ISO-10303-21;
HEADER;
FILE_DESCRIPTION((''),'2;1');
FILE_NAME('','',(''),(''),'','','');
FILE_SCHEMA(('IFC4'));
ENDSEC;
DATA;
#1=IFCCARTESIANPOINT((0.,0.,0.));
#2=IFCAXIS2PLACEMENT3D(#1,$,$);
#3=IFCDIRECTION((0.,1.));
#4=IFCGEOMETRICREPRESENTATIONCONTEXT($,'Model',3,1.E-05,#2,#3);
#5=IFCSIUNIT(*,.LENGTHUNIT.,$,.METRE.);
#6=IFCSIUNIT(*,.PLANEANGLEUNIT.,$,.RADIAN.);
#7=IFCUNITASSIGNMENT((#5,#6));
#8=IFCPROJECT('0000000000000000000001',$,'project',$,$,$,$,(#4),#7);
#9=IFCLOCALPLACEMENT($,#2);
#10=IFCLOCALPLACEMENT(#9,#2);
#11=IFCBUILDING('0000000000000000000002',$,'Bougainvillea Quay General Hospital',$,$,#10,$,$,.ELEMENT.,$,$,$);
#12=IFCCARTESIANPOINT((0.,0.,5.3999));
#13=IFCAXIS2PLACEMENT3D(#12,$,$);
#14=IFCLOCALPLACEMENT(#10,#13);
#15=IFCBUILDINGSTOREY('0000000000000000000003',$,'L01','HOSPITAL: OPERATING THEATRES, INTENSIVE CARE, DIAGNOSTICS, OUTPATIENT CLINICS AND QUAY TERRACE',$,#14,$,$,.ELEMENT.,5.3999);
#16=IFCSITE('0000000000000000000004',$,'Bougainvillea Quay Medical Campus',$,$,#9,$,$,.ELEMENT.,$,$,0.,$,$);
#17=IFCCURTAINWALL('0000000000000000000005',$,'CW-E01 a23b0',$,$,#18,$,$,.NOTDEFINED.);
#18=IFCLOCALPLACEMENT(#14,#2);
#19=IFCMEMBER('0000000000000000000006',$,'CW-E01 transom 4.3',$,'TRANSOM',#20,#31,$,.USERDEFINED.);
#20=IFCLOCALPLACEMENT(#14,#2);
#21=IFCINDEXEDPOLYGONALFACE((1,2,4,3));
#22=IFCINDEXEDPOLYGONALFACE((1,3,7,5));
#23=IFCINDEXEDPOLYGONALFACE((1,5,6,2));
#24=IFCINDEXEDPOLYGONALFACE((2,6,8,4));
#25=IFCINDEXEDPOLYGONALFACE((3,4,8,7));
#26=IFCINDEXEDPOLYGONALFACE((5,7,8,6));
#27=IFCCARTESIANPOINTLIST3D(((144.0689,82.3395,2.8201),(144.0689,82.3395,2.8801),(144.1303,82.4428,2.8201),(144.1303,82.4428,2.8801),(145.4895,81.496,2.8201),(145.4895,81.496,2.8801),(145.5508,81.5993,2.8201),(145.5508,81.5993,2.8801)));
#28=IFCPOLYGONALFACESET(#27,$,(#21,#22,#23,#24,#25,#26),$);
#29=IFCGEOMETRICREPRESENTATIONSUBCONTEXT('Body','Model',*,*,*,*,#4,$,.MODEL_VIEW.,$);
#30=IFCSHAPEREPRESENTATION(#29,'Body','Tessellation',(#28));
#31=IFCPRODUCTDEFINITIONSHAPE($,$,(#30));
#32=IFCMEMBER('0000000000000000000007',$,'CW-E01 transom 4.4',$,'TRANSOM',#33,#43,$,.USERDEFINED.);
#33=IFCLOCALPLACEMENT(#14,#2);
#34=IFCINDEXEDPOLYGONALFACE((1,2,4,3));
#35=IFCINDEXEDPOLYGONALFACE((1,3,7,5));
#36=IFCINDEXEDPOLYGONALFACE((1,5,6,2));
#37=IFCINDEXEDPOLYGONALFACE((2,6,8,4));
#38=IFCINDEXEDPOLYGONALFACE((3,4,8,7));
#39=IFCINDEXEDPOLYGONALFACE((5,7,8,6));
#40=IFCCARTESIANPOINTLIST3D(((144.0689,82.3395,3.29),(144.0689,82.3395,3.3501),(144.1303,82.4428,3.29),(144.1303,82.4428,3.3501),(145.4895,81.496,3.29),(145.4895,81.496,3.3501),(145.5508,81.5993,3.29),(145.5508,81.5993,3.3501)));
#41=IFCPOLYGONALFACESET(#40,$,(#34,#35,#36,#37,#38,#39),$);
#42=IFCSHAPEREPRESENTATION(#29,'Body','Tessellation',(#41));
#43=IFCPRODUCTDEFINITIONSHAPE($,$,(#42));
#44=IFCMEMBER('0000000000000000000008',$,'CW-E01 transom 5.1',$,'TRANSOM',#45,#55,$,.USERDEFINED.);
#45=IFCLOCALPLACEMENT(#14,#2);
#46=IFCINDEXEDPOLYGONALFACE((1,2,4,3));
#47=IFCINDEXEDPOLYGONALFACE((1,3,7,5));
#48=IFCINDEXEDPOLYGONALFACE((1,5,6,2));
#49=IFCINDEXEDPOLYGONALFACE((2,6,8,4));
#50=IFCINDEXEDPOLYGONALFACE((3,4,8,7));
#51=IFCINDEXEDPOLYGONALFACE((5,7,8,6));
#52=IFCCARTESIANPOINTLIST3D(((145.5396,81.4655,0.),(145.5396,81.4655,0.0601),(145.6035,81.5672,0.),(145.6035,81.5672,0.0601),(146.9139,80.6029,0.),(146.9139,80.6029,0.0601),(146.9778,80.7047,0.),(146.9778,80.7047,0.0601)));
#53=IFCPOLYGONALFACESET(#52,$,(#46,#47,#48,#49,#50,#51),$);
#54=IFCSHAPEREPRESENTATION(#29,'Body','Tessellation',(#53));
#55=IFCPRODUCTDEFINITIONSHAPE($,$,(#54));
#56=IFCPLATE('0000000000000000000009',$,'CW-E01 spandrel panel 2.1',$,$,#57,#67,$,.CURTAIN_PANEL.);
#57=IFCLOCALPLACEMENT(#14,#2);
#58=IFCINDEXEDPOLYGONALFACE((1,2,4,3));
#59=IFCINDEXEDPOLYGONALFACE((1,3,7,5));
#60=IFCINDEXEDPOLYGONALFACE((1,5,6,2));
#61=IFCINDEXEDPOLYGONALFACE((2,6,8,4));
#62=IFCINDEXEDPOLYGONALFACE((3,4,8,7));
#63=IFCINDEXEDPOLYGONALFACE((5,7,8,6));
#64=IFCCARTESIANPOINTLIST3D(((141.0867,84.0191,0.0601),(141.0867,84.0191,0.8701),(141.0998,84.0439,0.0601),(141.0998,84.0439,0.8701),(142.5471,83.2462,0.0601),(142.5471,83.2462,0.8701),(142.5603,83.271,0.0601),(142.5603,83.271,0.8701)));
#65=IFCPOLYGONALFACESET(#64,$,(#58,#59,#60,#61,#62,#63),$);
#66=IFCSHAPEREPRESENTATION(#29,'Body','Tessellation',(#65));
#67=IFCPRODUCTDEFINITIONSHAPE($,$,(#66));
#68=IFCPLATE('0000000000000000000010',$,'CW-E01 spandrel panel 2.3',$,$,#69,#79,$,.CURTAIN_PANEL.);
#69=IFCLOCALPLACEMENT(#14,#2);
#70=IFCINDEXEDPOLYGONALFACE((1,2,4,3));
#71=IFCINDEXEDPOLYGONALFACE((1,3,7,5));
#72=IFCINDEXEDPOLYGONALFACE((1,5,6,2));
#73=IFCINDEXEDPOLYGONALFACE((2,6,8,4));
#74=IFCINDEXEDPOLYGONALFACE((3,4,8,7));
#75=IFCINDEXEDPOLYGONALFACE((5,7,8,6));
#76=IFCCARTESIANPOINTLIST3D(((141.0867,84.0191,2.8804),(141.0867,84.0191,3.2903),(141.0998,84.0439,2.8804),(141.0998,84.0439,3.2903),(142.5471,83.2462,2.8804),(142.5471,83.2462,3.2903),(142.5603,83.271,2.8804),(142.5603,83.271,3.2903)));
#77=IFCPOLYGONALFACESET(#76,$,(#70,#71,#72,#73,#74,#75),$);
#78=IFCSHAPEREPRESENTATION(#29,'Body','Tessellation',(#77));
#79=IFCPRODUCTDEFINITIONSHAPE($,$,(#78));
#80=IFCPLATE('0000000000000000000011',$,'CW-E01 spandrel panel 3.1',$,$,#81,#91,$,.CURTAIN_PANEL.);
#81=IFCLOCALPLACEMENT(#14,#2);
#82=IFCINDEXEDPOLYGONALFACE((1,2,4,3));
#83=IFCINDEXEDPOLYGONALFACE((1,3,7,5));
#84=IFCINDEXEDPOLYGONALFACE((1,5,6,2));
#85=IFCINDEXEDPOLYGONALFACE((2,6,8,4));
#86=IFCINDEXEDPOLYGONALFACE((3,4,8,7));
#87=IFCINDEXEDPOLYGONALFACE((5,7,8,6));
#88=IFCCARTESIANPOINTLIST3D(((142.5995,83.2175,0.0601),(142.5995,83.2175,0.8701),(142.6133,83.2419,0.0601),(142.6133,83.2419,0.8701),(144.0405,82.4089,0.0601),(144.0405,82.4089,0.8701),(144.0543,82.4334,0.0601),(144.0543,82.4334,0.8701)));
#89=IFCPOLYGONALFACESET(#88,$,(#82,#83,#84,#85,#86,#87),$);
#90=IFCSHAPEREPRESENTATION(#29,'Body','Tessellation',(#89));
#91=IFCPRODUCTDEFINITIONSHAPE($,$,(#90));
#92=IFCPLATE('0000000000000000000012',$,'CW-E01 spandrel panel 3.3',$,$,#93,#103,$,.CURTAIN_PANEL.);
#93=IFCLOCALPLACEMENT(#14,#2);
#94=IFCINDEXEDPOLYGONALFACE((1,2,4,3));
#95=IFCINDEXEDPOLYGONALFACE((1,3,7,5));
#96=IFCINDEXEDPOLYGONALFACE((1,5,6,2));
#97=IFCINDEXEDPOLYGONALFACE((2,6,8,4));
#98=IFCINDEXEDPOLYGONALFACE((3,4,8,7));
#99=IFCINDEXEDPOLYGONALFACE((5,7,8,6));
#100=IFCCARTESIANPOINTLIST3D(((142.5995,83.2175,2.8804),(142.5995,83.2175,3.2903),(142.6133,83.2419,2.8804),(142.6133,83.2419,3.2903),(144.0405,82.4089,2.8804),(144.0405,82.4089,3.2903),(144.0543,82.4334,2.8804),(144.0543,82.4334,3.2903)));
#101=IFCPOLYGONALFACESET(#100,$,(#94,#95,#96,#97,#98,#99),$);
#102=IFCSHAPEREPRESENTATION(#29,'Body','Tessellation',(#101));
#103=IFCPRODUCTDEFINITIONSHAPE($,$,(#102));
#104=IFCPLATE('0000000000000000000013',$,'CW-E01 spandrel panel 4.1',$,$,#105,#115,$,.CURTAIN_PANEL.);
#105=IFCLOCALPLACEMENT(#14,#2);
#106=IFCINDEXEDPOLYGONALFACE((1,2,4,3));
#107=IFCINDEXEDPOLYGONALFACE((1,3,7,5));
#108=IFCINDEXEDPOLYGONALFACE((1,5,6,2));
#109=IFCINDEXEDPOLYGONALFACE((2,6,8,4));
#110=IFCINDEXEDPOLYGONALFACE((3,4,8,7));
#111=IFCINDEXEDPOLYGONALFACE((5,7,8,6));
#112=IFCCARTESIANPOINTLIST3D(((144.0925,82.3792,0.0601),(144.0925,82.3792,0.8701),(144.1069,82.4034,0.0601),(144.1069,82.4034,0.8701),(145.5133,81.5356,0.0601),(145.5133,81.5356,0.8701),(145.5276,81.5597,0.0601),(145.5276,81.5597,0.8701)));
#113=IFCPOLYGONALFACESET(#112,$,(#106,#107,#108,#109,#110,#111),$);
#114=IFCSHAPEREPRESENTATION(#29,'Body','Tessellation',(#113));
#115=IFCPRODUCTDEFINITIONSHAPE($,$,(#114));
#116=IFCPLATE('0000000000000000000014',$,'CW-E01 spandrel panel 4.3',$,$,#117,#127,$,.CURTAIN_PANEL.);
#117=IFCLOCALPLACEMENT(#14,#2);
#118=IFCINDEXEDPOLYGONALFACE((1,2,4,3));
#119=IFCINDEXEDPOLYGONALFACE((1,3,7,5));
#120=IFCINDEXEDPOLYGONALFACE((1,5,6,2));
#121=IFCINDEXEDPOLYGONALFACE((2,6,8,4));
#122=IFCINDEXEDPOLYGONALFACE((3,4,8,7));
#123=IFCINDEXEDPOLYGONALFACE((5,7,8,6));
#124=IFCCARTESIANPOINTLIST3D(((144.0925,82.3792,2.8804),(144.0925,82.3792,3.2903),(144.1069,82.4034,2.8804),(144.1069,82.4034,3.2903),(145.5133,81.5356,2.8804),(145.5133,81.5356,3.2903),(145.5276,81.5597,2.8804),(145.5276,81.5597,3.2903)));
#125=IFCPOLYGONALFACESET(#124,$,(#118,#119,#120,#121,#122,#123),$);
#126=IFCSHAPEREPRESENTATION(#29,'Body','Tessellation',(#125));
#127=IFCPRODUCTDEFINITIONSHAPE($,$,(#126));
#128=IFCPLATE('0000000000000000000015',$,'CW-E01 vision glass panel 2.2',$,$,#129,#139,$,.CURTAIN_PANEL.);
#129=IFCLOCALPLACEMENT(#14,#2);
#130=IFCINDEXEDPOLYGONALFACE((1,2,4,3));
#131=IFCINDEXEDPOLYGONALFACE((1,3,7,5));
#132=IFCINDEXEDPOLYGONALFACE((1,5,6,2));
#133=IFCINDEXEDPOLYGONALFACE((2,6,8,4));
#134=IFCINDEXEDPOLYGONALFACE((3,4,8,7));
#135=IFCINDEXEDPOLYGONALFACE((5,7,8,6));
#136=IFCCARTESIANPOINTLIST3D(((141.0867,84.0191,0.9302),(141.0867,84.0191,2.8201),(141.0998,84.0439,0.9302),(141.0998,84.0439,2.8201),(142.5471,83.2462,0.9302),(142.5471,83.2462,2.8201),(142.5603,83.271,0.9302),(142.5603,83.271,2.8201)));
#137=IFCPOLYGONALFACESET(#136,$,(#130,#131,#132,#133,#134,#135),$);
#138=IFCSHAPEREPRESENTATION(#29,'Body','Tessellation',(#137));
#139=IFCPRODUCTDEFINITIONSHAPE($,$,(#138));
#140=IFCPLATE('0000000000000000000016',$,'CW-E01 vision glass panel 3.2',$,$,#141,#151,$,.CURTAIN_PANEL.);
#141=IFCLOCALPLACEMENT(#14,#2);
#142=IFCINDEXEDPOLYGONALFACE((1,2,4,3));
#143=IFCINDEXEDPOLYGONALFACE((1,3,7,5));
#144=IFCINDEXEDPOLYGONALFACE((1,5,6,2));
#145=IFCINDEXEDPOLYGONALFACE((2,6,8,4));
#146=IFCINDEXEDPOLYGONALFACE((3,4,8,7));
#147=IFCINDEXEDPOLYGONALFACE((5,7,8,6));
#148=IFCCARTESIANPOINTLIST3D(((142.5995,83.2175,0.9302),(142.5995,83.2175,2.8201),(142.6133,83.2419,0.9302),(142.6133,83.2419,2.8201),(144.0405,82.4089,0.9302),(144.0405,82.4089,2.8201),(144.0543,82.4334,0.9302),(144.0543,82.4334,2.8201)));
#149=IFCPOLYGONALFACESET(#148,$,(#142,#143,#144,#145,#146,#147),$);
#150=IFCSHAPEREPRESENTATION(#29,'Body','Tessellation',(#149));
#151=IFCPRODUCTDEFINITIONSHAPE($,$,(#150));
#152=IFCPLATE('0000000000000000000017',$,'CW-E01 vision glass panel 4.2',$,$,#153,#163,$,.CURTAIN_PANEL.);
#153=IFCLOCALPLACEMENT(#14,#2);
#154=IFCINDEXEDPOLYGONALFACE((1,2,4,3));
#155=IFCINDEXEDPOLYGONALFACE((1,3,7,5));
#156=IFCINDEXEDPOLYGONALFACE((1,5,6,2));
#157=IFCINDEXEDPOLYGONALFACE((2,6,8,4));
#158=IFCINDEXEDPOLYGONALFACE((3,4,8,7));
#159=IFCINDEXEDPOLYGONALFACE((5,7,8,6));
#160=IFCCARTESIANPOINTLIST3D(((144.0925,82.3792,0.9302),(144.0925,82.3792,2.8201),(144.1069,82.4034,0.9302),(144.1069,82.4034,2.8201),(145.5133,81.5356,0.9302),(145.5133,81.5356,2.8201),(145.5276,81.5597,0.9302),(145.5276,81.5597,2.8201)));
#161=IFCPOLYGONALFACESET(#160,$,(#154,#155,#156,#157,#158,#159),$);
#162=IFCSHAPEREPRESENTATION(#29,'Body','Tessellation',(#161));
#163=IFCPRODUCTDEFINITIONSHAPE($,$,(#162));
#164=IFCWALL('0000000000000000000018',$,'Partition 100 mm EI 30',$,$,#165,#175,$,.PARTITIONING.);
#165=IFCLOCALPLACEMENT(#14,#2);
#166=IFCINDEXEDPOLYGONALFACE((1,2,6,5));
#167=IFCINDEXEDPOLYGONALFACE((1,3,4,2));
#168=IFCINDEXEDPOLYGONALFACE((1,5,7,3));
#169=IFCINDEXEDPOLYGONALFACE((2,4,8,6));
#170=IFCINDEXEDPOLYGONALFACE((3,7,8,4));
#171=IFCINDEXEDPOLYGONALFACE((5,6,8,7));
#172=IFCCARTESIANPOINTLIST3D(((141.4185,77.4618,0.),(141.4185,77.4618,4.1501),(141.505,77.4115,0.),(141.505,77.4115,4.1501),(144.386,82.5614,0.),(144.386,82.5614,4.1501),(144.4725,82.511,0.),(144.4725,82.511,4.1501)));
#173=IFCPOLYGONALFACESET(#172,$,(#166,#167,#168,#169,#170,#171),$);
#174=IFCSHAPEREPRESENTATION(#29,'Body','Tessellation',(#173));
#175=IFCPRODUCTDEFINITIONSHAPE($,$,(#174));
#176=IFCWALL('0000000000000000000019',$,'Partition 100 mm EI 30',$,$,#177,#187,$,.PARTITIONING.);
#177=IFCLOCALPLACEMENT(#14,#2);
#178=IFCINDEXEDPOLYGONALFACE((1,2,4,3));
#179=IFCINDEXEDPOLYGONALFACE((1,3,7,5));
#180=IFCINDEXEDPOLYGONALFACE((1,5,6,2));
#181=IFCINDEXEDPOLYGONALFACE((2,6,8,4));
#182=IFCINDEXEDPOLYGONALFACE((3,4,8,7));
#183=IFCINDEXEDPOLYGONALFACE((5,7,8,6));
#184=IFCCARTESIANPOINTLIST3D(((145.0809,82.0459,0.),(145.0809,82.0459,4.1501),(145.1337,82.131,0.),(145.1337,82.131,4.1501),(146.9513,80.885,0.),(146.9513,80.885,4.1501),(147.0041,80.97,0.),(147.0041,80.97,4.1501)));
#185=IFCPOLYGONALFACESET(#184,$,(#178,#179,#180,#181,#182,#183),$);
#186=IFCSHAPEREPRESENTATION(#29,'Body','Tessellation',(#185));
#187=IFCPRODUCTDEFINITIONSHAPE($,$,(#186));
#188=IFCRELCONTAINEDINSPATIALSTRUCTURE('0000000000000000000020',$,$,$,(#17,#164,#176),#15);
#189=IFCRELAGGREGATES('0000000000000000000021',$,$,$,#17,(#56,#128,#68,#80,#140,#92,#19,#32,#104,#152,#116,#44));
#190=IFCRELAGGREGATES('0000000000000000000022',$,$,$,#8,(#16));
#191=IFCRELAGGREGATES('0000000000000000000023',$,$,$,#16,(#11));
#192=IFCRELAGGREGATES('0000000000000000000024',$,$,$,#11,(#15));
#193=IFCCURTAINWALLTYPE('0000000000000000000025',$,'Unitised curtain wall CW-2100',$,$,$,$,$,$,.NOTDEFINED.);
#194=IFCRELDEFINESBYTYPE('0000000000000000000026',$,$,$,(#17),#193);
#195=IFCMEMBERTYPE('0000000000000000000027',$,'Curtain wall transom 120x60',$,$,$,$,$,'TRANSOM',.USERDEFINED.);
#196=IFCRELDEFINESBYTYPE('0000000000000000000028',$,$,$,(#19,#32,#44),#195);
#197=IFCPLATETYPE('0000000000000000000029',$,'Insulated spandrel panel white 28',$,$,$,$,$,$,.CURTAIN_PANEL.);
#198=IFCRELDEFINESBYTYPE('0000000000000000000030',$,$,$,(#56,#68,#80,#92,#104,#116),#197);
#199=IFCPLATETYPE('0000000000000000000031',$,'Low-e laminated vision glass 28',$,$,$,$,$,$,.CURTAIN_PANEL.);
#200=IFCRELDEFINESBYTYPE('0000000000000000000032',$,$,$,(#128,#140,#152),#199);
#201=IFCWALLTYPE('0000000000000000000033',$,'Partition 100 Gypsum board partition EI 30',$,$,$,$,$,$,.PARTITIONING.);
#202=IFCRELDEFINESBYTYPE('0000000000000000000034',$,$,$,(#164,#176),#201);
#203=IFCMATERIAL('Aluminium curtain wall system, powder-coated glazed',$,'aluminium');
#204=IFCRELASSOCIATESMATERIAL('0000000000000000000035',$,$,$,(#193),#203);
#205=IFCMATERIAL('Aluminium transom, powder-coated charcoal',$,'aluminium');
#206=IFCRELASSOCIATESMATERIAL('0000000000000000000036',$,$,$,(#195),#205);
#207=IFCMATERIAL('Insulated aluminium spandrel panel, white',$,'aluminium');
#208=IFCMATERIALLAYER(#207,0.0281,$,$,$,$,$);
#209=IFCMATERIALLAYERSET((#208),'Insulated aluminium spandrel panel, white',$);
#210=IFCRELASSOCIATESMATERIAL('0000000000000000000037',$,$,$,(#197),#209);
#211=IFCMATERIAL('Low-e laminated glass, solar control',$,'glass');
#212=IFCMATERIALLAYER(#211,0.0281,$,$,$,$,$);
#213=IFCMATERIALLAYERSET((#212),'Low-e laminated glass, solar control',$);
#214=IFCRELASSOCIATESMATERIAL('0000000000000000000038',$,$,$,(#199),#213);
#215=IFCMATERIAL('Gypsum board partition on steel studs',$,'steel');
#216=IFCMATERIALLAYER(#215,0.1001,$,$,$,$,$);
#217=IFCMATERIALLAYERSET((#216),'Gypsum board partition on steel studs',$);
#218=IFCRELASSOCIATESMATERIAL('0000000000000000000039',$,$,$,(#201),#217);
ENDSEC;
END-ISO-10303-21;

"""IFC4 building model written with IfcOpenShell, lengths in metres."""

from ifc_helpers import new_model, si_unit, direction, frame, frame_2d, origin, origin_2d, place, context, subcontext, project, spatial, rectangle, extrude, material, layer, layer_set, material_profile, profile_set, type_object, element, aggregate, save


model = new_model("IFC4")

# Units and contexts
model_context = context("Model", 3, precision=1e-05, world=origin(), true_north=direction((0.0, 1.0)))
body_context = subcontext(model_context, "Body", "Model", "MODEL_VIEW")
ifc_project = project(units=[si_unit("LENGTHUNIT", "METRE"), si_unit("PLANEANGLEUNIT", "RADIAN")], contexts=[model_context])

# Site, building, storey
site_placement = place(None, origin())
site = spatial("IfcSite", under=ifc_project, at=site_placement, Name="Bougainvillea Quay Medical Campus", CompositionType="ELEMENT", RefElevation=0.0)
building_placement = place(site_placement, origin())
building = spatial("IfcBuilding", under=site, at=building_placement, Name="Bougainvillea Quay General Hospital", CompositionType="ELEMENT")
storey_placement = place(building_placement, frame((0.0, 0.0, 5.3999)))
storey = spatial("IfcBuildingStorey", under=building, at=storey_placement, Name="L01", Description="HOSPITAL: OPERATING THEATRES, INTENSIVE CARE, DIAGNOSTICS, OUTPATIENT CLINICS AND QUAY TERRACE", CompositionType="ELEMENT", Elevation=5.3999)

# Curtain wall, members, plates
ifc_material_1 = material(Name="Aluminium curtain wall system, powder-coated glazed", Category="aluminium")
curtain_wall_type = type_object("IfcCurtainWallType", Name="Unitised curtain wall CW-2100", PredefinedType="NOTDEFINED", material=ifc_material_1)
curtain_wall_placement = place(storey_placement, origin())
curtain_wall = element("IfcCurtainWall", 1, at=curtain_wall_placement, inside=storey, type_object=curtain_wall_type, Name="CW-E01 a23b0", PredefinedType="NOTDEFINED")
ifc_material_2 = material(Name="Aluminium transom, powder-coated charcoal", Category="aluminium")
ifc_material_profile_1 = material_profile(ifc_material_2, rectangle(XDim=0.1201, YDim=0.0601, at=origin_2d()))
ifc_profile_set_1 = profile_set([ifc_material_profile_1], Name="Aluminium transom, powder-coated charcoal")
member_type_1 = type_object("IfcMemberType", Name="Curtain wall transom 120x60", ElementType="TRANSOM", PredefinedType="USERDEFINED", material=ifc_profile_set_1)
member_1_placement = place(storey_placement, frame((144.0996, 82.3911, 2.8501), z_axis=(0.859857, -0.510535, 0.0), x_axis=(0.510535, 0.859857, 0.0)))
member_1 = element("IfcMember", 2, at=member_1_placement, type_object=member_type_1, Name="CW-E01 transom 4.3", ObjectType="TRANSOM", PredefinedType="USERDEFINED", context=body_context, shape_type="SweptSolid", body=[
    extrude(rectangle(XDim=0.1201, YDim=0.0601, at=origin_2d()), origin(), (0.0, 0.0, 1.0), 1.6521),
])
member_2_placement = place(storey_placement, frame((144.0996, 82.3911, 3.3201), z_axis=(0.859857, -0.510535, 0.0), x_axis=(0.510535, 0.859857, 0.0)))
member_2 = element("IfcMember", 3, at=member_2_placement, type_object=member_type_1, Name="CW-E01 transom 4.4", ObjectType="TRANSOM", PredefinedType="USERDEFINED", context=body_context, shape_type="SweptSolid", body=[
    extrude(rectangle(XDim=0.1201, YDim=0.0601, at=origin_2d()), origin(), (0.0, 0.0, 1.0), 1.6521),
])
member_3_placement = place(storey_placement, frame((145.5715, 81.5164, 0.03), z_axis=(0.846991, -0.531607, 0.0), x_axis=(0.531607, 0.846991, 0.0)))
member_3 = element("IfcMember", 4, at=member_3_placement, type_object=member_type_1, Name="CW-E01 transom 5.1", ObjectType="TRANSOM", PredefinedType="USERDEFINED", context=body_context, shape_type="SweptSolid", body=[
    extrude(rectangle(XDim=0.1201, YDim=0.0601, at=origin_2d()), origin(), (0.0, 0.0, 1.0), 1.6226),
])
ifc_material_3 = material(Name="Insulated aluminium spandrel panel, white", Category="aluminium")
ifc_layer_1 = layer(ifc_material_3, 0.0281)
ifc_layer_set_1 = layer_set([ifc_layer_1], Name="Insulated aluminium spandrel panel, white")
plate_type_1 = type_object("IfcPlateType", Name="Insulated spandrel panel white 28", PredefinedType="CURTAIN_PANEL", material=ifc_layer_set_1)
plate_1_placement = place(storey_placement, frame((141.8235, 83.645, 0.0601), z_axis=(0.0, 0.0, 1.0), x_axis=(0.883859, -0.467753, 0.0)))
plate_1 = element("IfcPlate", 5, at=plate_1_placement, type_object=plate_type_1, Name="CW-E01 spandrel panel 2.1", PredefinedType="CURTAIN_PANEL", context=body_context, shape_type="SweptSolid", body=[
    extrude(rectangle(XDim=1.6523, YDim=0.0281, at=origin_2d()), origin(), (0.0, 0.0, 1.0), 0.8101),
])
plate_2_placement = place(storey_placement, frame((141.8235, 83.645, 2.8804), z_axis=(0.0, 0.0, 1.0), x_axis=(0.883859, -0.467753, 0.0)))
plate_2 = element("IfcPlate", 6, at=plate_2_placement, type_object=plate_type_1, Name="CW-E01 spandrel panel 2.3", PredefinedType="CURTAIN_PANEL", context=body_context, shape_type="SweptSolid", body=[
    extrude(rectangle(XDim=1.6523, YDim=0.0281, at=origin_2d()), origin(), (0.0, 0.0, 1.0), 0.4099),
])
plate_3_placement = place(storey_placement, frame((143.3269, 82.8254, 0.0601), z_axis=(0.0, 0.0, 1.0), x_axis=(0.87211, -0.48931, 0.0)))
plate_3 = element("IfcPlate", 7, at=plate_3_placement, type_object=plate_type_1, Name="CW-E01 spandrel panel 3.1", PredefinedType="CURTAIN_PANEL", context=body_context, shape_type="SweptSolid", body=[
    extrude(rectangle(XDim=1.6523, YDim=0.0281, at=origin_2d()), origin(), (0.0, 0.0, 1.0), 0.8101),
])
plate_4_placement = place(storey_placement, frame((143.3269, 82.8254, 2.8804), z_axis=(0.0, 0.0, 1.0), x_axis=(0.87211, -0.48931, 0.0)))
plate_4 = element("IfcPlate", 8, at=plate_4_placement, type_object=plate_type_1, Name="CW-E01 spandrel panel 3.3", PredefinedType="CURTAIN_PANEL", context=body_context, shape_type="SweptSolid", body=[
    extrude(rectangle(XDim=1.6523, YDim=0.0281, at=origin_2d()), origin(), (0.0, 0.0, 1.0), 0.4099),
])
plate_5_placement = place(storey_placement, frame((144.8101, 81.9695, 0.0601), z_axis=(0.0, 0.0, 1.0), x_axis=(0.859835, -0.510572, 0.0)))
plate_5 = element("IfcPlate", 9, at=plate_5_placement, type_object=plate_type_1, Name="CW-E01 spandrel panel 4.1", PredefinedType="CURTAIN_PANEL", context=body_context, shape_type="SweptSolid", body=[
    extrude(rectangle(XDim=1.6523, YDim=0.0281, at=origin_2d()), origin(), (0.0, 0.0, 1.0), 0.8101),
])
plate_6_placement = place(storey_placement, frame((144.8101, 81.9695, 2.8804), z_axis=(0.0, 0.0, 1.0), x_axis=(0.859835, -0.510572, 0.0)))
plate_6 = element("IfcPlate", 10, at=plate_6_placement, type_object=plate_type_1, Name="CW-E01 spandrel panel 4.3", PredefinedType="CURTAIN_PANEL", context=body_context, shape_type="SweptSolid", body=[
    extrude(rectangle(XDim=1.6523, YDim=0.0281, at=origin_2d()), origin(), (0.0, 0.0, 1.0), 0.4099),
])
ifc_material_4 = material(Name="Low-e laminated glass, solar control", Category="glass")
ifc_layer_2 = layer(ifc_material_4, 0.0281)
ifc_layer_set_2 = layer_set([ifc_layer_2], Name="Low-e laminated glass, solar control")
plate_type_2 = type_object("IfcPlateType", Name="Low-e laminated vision glass 28", PredefinedType="CURTAIN_PANEL", material=ifc_layer_set_2)
plate_7_placement = place(storey_placement, frame((141.8235, 83.645, 0.9302), z_axis=(0.0, 0.0, 1.0), x_axis=(0.883859, -0.467753, 0.0)))
plate_7 = element("IfcPlate", 11, at=plate_7_placement, type_object=plate_type_2, Name="CW-E01 vision glass panel 2.2", PredefinedType="CURTAIN_PANEL", context=body_context, shape_type="SweptSolid", body=[
    extrude(rectangle(XDim=1.6523, YDim=0.0281, at=origin_2d()), origin(), (0.0, 0.0, 1.0), 1.8899),
])
plate_8_placement = place(storey_placement, frame((143.3269, 82.8254, 0.9302), z_axis=(0.0, 0.0, 1.0), x_axis=(0.87211, -0.48931, 0.0)))
plate_8 = element("IfcPlate", 12, at=plate_8_placement, type_object=plate_type_2, Name="CW-E01 vision glass panel 3.2", PredefinedType="CURTAIN_PANEL", context=body_context, shape_type="SweptSolid", body=[
    extrude(rectangle(XDim=1.6523, YDim=0.0281, at=origin_2d()), origin(), (0.0, 0.0, 1.0), 1.8899),
])
plate_9_placement = place(storey_placement, frame((144.8101, 81.9695, 0.9302), z_axis=(0.0, 0.0, 1.0), x_axis=(0.859835, -0.510572, 0.0)))
plate_9 = element("IfcPlate", 13, at=plate_9_placement, type_object=plate_type_2, Name="CW-E01 vision glass panel 4.2", PredefinedType="CURTAIN_PANEL", context=body_context, shape_type="SweptSolid", body=[
    extrude(rectangle(XDim=1.6523, YDim=0.0281, at=origin_2d()), origin(), (0.0, 0.0, 1.0), 1.8899),
])
aggregate(curtain_wall, [plate_1, plate_7, plate_2, plate_3, plate_8, plate_4, member_1, member_2, plate_5, plate_9, plate_6, member_3])

# Walls
ifc_material_5 = material(Name="Gypsum board partition on steel studs", Category="steel")
ifc_layer_3 = layer(ifc_material_5, 0.1001)
ifc_layer_set_3 = layer_set([ifc_layer_3], Name="Gypsum board partition on steel studs")
wall_type_1 = type_object("IfcWallType", Name="Partition 100 Gypsum board partition EI 30", PredefinedType="PARTITIONING", material=ifc_layer_set_3)
wall_1_placement = place(storey_placement, frame((141.4617, 77.4365, 0.0), z_axis=(0.0, 0.0, 1.0), x_axis=(0.502955, 0.864313, 0.0)))
element("IfcWall", 14, at=wall_1_placement, inside=storey, type_object=wall_type_1, Name="Partition 100 mm EI 30", PredefinedType="PARTITIONING", context=body_context, shape_type="SweptSolid", body=[
    extrude(rectangle(XDim=5.9001, YDim=0.1001, at=frame_2d((2.9502, 0.0))), origin(), (0.0, 0.0, 1.0), 4.1501),
])
wall_2_placement = place(storey_placement, frame((145.1074, 82.0884, 0.0), z_axis=(0.0, 0.0, 1.0), x_axis=(0.849645, -0.527355, 0.0)))
element("IfcWall", 15, at=wall_2_placement, inside=storey, type_object=wall_type_1, Name="Partition 100 mm EI 30", PredefinedType="PARTITIONING", context=body_context, shape_type="SweptSolid", body=[
    extrude(rectangle(XDim=2.2014, YDim=0.1001, at=frame_2d((1.1006, 0.0))), origin(), (0.0, 0.0, 1.0), 4.1501),
])

save(model, "model.ifc")
